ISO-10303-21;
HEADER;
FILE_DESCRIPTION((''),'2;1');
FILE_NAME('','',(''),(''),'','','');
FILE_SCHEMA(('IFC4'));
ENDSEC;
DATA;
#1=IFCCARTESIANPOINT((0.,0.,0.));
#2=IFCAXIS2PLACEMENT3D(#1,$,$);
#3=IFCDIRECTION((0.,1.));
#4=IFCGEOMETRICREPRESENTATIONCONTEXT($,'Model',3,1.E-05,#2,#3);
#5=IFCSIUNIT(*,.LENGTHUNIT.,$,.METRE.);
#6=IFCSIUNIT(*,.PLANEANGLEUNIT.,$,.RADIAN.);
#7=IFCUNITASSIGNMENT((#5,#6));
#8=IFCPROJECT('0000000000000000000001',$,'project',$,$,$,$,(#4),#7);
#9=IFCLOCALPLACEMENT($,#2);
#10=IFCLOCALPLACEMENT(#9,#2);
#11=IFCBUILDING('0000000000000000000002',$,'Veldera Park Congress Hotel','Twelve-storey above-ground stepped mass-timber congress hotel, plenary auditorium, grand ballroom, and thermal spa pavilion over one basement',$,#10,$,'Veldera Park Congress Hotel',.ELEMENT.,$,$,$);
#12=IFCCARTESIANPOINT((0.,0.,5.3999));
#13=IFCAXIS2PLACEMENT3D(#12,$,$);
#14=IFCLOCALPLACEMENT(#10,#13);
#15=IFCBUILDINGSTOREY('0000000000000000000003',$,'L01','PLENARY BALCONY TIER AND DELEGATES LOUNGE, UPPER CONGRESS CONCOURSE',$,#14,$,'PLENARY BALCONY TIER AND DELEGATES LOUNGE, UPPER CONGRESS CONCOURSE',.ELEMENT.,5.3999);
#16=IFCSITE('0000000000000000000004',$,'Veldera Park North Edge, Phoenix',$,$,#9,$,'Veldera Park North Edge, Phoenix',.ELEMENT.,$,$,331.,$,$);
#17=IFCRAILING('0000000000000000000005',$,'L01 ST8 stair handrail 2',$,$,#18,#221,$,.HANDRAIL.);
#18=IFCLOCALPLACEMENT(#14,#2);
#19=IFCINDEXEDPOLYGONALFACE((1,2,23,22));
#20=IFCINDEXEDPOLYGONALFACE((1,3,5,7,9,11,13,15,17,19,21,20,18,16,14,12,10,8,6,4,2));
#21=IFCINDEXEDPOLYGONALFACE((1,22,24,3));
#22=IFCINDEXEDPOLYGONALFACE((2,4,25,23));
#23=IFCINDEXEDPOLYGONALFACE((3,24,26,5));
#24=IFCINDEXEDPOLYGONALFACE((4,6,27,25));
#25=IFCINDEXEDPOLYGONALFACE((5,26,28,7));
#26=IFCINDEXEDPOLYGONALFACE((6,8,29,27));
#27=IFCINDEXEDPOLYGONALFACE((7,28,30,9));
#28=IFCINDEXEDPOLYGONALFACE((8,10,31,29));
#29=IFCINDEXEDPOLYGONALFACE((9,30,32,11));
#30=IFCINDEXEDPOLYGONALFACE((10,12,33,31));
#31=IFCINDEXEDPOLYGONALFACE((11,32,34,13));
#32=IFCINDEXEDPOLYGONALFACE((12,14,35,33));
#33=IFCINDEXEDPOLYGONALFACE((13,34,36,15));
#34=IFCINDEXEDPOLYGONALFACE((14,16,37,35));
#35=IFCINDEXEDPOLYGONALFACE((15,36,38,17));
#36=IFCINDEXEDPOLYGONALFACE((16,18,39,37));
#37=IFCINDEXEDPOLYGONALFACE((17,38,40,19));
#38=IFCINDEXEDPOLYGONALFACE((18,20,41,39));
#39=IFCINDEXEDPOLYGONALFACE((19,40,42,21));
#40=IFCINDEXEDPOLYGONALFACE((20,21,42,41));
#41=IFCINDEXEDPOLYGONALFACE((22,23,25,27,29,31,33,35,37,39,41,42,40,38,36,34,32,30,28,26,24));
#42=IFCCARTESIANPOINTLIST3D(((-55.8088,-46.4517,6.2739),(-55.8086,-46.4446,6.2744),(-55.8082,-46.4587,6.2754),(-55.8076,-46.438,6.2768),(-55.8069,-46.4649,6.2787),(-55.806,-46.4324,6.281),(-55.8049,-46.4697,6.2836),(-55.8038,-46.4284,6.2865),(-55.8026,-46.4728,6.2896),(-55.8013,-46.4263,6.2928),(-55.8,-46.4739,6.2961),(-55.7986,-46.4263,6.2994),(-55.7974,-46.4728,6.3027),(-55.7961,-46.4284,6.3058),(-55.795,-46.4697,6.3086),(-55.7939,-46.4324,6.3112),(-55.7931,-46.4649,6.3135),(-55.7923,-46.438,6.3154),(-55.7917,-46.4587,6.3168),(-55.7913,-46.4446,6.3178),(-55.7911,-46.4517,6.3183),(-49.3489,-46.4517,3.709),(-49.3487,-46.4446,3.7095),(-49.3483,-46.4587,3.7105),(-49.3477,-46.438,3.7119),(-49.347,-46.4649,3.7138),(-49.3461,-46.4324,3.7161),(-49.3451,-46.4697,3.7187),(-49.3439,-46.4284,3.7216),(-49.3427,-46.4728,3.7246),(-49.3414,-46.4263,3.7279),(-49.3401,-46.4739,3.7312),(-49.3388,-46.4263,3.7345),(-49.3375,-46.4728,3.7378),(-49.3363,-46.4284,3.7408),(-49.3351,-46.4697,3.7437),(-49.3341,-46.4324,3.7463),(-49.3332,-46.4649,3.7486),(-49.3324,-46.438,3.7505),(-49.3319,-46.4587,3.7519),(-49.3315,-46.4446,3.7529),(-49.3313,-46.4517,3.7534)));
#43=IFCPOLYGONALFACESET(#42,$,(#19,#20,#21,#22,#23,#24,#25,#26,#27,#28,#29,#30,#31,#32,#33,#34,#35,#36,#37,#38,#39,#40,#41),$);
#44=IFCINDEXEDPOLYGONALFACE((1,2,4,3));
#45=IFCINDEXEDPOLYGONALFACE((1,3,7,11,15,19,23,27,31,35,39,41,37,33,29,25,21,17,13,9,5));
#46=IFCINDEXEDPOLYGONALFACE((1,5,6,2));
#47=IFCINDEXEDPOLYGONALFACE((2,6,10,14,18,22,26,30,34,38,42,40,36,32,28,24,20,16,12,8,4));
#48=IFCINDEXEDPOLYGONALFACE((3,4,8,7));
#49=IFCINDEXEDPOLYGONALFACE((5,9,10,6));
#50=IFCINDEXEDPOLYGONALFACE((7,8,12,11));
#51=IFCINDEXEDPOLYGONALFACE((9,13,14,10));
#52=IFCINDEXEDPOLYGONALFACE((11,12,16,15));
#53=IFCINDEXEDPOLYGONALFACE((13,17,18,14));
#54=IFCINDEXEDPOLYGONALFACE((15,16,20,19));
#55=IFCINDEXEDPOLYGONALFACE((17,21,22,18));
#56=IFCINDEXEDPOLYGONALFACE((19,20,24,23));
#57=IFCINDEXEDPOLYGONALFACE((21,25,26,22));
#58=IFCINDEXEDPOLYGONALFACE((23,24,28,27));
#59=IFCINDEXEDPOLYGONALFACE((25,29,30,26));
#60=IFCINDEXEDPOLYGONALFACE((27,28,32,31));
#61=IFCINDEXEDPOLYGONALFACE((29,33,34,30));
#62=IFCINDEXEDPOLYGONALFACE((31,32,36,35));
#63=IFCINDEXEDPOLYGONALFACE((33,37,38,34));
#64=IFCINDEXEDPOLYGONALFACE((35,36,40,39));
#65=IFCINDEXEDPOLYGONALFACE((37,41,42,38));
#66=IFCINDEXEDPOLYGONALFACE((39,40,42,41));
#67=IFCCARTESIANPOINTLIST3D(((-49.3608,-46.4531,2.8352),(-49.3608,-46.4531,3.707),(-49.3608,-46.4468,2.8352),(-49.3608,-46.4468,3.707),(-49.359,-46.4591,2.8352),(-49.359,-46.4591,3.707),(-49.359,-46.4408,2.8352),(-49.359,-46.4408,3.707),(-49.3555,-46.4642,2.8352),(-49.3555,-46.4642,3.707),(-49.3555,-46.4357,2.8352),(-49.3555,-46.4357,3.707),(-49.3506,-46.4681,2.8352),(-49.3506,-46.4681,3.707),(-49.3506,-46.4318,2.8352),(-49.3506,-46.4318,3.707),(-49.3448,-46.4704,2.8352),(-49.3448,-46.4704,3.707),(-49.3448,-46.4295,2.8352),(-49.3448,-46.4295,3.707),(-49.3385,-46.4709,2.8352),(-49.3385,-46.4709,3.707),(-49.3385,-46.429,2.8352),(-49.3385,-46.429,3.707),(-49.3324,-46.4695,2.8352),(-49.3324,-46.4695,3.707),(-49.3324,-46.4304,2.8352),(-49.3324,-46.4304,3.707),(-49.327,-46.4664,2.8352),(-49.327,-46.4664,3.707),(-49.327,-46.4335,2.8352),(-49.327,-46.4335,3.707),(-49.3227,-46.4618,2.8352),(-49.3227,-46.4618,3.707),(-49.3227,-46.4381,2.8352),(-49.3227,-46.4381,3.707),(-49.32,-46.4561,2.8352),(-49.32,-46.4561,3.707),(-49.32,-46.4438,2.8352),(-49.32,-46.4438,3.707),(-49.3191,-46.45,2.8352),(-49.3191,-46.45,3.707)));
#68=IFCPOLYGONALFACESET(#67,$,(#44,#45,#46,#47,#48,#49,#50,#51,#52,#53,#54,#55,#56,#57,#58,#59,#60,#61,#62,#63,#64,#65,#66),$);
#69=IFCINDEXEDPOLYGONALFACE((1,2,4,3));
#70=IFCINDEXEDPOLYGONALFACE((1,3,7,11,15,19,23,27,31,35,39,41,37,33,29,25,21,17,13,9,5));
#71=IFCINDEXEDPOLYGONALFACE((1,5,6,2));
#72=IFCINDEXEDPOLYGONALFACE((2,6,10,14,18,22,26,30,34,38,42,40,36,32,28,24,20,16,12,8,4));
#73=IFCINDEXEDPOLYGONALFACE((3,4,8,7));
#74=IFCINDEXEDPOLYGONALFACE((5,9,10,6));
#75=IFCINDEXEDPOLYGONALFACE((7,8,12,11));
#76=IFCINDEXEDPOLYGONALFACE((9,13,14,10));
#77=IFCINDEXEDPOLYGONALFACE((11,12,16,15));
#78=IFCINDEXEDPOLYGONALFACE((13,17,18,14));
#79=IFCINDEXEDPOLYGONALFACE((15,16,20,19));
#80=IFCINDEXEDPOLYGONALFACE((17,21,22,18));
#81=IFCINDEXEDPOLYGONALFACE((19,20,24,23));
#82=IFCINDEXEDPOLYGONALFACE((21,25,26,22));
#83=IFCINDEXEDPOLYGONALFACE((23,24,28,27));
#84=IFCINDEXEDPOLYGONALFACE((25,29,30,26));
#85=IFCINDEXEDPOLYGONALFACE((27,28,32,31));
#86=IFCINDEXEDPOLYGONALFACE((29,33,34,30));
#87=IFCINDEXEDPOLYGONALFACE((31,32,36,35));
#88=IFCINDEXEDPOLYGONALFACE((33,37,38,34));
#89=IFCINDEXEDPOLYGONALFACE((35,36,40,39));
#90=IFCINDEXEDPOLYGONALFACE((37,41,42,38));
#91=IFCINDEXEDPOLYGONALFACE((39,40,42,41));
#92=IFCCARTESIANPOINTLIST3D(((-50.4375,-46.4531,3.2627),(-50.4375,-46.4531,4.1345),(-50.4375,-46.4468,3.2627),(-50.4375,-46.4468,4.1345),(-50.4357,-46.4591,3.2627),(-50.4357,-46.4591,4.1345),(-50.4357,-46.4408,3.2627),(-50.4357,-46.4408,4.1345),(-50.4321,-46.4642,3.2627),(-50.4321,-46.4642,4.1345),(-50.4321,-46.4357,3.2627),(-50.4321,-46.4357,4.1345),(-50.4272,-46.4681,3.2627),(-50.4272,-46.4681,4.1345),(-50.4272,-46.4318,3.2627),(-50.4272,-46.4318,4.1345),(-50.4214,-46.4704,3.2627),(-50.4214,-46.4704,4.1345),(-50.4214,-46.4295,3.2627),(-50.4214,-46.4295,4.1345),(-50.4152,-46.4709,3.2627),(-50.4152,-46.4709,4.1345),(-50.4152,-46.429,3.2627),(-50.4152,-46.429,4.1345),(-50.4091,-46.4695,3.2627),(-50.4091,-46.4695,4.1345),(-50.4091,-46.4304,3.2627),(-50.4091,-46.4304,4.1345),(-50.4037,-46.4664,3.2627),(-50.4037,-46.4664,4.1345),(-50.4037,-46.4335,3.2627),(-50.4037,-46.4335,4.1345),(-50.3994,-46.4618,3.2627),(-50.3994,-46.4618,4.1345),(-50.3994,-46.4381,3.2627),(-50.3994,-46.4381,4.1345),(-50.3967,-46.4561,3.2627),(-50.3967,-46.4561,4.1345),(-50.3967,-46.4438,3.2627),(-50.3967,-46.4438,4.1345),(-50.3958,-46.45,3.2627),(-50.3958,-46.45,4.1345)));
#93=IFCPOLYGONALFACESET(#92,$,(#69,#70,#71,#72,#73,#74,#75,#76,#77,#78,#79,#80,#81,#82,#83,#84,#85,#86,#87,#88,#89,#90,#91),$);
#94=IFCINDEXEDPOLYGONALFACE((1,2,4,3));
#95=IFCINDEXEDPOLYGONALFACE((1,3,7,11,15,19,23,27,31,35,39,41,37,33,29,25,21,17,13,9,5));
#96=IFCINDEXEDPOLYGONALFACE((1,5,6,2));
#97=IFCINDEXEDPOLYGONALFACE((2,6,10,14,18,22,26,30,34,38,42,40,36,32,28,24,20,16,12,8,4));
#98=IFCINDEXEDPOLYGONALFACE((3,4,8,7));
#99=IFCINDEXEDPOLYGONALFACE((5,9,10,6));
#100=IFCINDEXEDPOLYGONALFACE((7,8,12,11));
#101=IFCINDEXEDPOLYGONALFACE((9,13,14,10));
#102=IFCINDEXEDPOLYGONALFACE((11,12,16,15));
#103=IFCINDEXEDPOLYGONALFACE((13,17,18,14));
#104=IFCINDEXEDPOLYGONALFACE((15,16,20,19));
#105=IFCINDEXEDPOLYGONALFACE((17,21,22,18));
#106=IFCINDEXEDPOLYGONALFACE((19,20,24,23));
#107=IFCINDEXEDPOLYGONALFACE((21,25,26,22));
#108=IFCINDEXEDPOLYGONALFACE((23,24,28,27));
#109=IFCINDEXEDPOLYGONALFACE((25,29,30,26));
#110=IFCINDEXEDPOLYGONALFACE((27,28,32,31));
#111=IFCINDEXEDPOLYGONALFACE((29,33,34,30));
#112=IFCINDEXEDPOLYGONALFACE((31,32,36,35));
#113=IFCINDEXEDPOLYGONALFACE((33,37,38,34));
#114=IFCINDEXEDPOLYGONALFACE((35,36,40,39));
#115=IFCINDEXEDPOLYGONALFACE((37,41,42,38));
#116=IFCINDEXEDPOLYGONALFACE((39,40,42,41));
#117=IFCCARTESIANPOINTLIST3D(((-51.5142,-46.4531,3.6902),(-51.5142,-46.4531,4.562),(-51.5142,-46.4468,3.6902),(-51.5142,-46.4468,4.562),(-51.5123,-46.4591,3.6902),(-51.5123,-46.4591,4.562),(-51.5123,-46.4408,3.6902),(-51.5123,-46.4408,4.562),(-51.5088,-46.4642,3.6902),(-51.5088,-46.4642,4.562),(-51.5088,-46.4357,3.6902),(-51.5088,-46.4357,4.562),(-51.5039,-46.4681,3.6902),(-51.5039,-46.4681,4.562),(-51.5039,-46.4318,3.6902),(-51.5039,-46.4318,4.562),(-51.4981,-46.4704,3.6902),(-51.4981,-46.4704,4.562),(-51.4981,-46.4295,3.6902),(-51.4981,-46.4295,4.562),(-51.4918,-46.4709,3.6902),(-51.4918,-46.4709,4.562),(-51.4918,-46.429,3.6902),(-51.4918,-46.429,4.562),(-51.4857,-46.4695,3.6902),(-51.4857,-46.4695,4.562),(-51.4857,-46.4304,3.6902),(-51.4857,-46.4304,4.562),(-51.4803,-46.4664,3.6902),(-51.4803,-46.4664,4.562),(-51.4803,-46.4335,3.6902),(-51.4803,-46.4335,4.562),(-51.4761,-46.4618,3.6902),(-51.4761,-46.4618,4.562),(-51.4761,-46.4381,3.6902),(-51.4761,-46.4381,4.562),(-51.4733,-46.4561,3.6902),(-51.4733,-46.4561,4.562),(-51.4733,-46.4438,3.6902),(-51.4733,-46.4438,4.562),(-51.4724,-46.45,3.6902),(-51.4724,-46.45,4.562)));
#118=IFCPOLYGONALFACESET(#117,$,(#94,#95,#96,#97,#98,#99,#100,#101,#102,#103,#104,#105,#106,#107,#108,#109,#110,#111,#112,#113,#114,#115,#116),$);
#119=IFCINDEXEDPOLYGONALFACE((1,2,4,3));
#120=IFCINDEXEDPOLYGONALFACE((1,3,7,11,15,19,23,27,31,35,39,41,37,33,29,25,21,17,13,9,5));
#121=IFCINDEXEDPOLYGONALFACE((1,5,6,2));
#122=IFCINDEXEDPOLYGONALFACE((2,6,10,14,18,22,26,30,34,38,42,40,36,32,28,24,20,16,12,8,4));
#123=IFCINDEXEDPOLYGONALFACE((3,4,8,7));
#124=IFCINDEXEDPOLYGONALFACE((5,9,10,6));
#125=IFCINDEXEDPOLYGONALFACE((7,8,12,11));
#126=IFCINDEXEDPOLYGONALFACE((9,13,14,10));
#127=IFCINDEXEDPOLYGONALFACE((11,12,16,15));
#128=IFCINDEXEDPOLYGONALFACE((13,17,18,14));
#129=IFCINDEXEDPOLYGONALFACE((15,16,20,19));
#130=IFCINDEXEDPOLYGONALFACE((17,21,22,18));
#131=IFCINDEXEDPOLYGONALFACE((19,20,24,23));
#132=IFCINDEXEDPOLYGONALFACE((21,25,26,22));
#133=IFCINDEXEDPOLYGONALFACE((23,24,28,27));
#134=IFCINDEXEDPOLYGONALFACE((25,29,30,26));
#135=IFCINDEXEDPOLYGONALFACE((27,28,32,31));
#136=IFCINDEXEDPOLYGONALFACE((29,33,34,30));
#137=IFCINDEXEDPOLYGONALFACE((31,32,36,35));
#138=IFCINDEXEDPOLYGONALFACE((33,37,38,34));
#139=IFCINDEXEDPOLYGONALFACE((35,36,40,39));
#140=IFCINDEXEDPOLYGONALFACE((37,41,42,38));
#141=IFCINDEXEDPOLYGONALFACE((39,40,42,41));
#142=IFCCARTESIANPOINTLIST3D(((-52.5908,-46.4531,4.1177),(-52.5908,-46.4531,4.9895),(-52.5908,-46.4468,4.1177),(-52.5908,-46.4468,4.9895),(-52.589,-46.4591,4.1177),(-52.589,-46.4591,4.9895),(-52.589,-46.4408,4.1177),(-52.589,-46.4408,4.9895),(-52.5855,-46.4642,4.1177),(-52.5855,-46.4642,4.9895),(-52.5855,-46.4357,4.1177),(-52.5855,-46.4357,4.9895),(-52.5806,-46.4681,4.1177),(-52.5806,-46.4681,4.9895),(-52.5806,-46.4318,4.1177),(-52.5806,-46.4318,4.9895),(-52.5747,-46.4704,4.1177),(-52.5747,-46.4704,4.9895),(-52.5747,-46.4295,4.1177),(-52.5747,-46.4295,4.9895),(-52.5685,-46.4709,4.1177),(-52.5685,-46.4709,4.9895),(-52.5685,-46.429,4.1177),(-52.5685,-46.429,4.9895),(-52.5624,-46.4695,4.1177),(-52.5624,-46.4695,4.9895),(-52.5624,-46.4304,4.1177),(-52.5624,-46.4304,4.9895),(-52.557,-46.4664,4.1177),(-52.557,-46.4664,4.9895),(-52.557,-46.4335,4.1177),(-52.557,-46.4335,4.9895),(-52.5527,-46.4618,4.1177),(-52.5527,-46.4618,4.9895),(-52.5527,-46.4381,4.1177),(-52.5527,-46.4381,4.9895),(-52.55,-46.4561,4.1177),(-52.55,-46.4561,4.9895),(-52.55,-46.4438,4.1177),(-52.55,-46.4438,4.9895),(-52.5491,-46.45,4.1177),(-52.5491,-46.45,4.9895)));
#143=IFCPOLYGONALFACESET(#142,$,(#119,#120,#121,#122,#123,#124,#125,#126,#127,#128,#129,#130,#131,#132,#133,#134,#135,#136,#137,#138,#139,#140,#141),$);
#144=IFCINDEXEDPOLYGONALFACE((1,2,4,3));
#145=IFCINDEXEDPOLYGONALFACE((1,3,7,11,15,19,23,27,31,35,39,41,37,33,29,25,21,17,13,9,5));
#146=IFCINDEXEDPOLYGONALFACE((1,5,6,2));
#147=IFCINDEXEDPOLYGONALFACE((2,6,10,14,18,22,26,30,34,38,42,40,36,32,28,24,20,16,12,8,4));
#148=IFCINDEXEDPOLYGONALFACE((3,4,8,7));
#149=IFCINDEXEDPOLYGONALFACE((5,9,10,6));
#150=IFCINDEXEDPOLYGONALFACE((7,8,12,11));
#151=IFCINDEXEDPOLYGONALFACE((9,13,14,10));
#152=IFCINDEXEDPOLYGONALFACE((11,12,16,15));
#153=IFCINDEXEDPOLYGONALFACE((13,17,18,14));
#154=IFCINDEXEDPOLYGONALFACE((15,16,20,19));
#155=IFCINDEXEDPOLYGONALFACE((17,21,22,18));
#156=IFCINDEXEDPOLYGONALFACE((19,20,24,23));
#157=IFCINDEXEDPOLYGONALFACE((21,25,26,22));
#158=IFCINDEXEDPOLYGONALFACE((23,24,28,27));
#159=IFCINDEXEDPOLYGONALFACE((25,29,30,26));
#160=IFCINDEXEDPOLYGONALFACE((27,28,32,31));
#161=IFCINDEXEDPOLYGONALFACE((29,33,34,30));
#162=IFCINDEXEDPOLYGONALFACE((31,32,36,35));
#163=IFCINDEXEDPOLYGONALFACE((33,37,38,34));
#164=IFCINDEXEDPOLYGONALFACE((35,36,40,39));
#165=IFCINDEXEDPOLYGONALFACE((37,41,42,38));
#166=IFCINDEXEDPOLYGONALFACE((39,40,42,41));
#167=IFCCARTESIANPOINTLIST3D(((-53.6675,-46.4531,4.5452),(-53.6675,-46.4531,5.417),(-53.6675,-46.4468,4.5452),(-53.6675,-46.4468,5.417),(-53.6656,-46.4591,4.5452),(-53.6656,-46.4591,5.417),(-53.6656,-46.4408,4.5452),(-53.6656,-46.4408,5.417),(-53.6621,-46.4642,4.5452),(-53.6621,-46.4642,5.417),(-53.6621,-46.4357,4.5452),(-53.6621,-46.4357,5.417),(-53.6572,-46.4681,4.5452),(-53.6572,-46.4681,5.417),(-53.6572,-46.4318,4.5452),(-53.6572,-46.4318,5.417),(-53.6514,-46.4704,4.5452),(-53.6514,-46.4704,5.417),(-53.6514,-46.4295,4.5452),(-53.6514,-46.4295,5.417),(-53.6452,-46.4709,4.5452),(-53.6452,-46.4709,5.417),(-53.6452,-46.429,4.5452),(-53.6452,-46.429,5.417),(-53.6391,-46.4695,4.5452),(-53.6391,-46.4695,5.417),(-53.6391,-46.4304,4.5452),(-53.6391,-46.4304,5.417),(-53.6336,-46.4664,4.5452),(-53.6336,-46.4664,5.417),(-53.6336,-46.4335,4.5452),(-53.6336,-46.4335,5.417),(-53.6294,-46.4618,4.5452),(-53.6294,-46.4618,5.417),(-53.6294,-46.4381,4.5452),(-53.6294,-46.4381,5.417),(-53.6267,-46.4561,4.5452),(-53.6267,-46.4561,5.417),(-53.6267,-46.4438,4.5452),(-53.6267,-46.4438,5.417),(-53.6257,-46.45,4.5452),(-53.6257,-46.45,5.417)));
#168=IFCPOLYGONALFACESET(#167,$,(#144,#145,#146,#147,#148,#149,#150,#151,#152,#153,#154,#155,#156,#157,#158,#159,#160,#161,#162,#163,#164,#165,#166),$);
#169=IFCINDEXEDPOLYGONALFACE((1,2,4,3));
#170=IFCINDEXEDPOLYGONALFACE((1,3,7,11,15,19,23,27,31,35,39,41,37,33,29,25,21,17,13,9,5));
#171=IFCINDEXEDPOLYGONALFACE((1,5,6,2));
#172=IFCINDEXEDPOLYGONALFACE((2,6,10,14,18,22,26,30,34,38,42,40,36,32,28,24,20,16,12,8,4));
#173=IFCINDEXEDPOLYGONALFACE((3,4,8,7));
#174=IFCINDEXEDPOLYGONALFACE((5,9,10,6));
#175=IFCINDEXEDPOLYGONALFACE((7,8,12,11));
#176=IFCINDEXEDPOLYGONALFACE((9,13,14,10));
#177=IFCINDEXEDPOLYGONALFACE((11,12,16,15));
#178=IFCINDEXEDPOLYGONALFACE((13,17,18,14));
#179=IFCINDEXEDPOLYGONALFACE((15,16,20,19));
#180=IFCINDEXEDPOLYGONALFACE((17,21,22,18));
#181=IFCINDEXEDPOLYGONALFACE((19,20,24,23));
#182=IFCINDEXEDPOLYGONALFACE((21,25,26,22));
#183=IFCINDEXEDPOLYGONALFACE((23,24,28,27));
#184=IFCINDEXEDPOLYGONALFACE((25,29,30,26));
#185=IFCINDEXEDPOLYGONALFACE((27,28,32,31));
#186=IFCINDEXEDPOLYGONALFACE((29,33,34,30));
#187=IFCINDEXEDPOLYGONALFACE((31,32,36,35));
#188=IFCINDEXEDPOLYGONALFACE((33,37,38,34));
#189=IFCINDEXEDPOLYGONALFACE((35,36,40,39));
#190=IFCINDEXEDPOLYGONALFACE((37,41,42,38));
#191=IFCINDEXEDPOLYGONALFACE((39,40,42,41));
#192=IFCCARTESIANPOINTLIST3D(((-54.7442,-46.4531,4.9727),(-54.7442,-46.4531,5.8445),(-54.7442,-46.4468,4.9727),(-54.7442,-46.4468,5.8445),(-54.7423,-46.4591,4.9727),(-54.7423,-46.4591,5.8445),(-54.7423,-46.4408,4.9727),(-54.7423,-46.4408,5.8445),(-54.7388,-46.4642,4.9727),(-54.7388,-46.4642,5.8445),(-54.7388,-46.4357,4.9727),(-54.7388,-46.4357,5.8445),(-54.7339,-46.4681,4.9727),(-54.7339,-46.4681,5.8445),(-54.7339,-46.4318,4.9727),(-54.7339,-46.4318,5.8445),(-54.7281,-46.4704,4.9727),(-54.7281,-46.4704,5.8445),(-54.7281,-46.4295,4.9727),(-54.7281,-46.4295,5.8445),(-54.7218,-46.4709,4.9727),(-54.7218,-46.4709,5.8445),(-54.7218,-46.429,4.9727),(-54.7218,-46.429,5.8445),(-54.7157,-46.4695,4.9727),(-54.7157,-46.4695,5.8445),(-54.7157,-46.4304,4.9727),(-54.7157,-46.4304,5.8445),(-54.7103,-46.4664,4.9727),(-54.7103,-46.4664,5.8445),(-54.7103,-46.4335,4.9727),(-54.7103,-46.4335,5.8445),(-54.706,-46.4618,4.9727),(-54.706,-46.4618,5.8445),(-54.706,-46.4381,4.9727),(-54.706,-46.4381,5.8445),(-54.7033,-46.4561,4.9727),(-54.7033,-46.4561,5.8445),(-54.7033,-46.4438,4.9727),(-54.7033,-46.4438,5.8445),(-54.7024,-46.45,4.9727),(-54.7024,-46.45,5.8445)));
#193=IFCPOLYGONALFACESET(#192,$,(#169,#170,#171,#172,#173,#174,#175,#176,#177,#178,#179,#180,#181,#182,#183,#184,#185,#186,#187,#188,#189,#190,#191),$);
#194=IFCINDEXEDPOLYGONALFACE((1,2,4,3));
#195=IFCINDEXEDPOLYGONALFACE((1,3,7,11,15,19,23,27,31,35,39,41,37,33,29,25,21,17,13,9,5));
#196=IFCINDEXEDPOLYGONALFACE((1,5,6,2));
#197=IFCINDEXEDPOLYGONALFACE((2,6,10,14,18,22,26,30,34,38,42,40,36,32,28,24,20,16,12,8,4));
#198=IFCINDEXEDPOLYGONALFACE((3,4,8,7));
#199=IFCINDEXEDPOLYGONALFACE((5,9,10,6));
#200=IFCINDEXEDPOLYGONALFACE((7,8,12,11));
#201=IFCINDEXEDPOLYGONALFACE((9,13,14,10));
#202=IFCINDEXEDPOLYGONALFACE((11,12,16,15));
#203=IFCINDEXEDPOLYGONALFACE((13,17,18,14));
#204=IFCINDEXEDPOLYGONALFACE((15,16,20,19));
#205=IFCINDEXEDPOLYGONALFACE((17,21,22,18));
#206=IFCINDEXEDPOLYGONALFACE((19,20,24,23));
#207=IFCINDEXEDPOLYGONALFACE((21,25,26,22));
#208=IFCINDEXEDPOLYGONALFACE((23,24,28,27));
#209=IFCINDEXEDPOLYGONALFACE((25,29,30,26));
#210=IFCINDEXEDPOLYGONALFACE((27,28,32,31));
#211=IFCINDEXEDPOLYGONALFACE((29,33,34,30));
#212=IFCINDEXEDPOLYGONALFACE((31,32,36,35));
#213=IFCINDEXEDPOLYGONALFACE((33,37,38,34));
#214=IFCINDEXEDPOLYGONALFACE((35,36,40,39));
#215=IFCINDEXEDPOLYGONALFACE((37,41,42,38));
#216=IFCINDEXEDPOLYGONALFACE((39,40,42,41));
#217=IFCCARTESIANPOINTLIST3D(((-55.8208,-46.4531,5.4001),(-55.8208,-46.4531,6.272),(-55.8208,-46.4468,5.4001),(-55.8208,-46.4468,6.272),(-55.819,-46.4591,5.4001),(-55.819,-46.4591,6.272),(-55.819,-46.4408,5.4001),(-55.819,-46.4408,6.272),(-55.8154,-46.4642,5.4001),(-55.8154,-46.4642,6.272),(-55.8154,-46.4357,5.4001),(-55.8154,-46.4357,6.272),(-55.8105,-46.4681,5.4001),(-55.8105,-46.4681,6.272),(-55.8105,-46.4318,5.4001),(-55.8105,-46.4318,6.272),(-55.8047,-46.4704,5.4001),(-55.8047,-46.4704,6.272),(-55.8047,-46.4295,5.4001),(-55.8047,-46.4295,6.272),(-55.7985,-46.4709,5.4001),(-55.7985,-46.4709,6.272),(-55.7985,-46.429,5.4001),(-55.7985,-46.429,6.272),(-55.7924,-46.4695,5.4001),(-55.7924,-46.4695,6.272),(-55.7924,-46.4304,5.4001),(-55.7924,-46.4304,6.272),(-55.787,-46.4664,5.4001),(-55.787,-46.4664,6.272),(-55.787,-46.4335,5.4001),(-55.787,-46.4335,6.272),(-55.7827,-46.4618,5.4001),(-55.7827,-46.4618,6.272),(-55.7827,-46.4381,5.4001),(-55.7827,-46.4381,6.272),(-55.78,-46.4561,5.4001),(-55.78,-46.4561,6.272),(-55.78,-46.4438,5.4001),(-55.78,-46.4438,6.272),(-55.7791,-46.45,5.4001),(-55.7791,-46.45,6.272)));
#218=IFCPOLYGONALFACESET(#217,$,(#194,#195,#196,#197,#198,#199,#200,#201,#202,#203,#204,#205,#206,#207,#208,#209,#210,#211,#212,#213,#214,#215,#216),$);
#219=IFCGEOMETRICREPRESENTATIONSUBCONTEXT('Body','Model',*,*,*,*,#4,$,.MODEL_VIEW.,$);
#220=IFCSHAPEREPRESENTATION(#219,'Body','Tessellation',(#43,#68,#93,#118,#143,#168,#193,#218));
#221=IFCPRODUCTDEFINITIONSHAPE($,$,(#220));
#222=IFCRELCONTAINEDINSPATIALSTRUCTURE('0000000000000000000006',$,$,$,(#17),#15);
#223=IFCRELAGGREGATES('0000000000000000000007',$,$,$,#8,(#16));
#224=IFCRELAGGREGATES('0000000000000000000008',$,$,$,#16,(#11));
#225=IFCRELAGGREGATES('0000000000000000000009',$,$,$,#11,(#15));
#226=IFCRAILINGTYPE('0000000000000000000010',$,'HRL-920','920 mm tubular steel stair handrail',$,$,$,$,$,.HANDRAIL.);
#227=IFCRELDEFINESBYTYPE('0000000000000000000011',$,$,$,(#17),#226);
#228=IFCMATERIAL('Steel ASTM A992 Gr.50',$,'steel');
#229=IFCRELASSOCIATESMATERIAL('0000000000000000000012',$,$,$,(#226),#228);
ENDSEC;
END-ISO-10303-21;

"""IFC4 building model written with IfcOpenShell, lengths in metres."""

from ifc_helpers import new_model, si_unit, direction, frame, origin, origin_2d, place, context, subcontext, project, spatial, circle, extrude, material, type_object, element, save


model = new_model("IFC4")

# Units and contexts
model_context = context("Model", 3, precision=1e-05, world=origin(), true_north=direction((0.0, 1.0)))
body_context = subcontext(model_context, "Body", "Model", "MODEL_VIEW")
ifc_project = project(units=[si_unit("LENGTHUNIT", "METRE"), si_unit("PLANEANGLEUNIT", "RADIAN")], contexts=[model_context])

# Site, building, storey
site_placement = place(None, origin())
site = spatial("IfcSite", under=ifc_project, at=site_placement, Name="Veldera Park North Edge, Phoenix", LongName="Veldera Park North Edge, Phoenix", CompositionType="ELEMENT", RefElevation=331.0)
building_placement = place(site_placement, origin())
building = spatial("IfcBuilding", under=site, at=building_placement, Name="Veldera Park Congress Hotel", Description="Twelve-storey above-ground stepped mass-timber congress hotel, plenary auditorium, grand ballroom, and thermal spa pavilion over one basement", LongName="Veldera Park Congress Hotel", CompositionType="ELEMENT")
storey_placement = place(building_placement, frame((0.0, 0.0, 5.3999)))
storey = spatial("IfcBuildingStorey", under=building, at=storey_placement, Name="L01", Description="PLENARY BALCONY TIER AND DELEGATES LOUNGE, UPPER CONGRESS CONCOURSE", LongName="PLENARY BALCONY TIER AND DELEGATES LOUNGE, UPPER CONGRESS CONCOURSE", CompositionType="ELEMENT", Elevation=5.3999)

# Shared definitions
ifc_material_1 = material(Name="Steel ASTM A992 Gr.50", Category="steel")

# Railing
railing_type = type_object("IfcRailingType", Name="HRL-920", Description="920 mm tubular steel stair handrail", PredefinedType="HANDRAIL", material=ifc_material_1)
railing_placement = place(storey_placement, frame((-49.3401, -46.45, 2.8352)))
element("IfcRailing", 1, at=railing_placement, inside=storey, type_object=railing_type, Name="L01 ST8 stair handrail 2", PredefinedType="HANDRAIL", context=body_context, shape_type="SweptSolid", body=[
    extrude(circle(Radius=0.0239, at=origin_2d()), frame((0.0, 0.0, 0.896), z_axis=(-0.929418, 0.0, 0.369028), x_axis=(0.0, -1.0, 0.0)), (0.0, 0.0, 1.0), 6.9504),
    extrude(circle(Radius=0.021, at=origin_2d()), origin(), (0.0, 0.0, 1.0), 0.8718),
    extrude(circle(Radius=0.021, at=origin_2d()), frame((-1.0767, 0.0, 0.4275)), (0.0, 0.0, 1.0), 0.8718),
    extrude(circle(Radius=0.021, at=origin_2d()), frame((-2.1533, 0.0, 0.855)), (0.0, 0.0, 1.0), 0.8718),
    extrude(circle(Radius=0.021, at=origin_2d()), frame((-3.23, 0.0, 1.2825)), (0.0, 0.0, 1.0), 0.8718),
    extrude(circle(Radius=0.021, at=origin_2d()), frame((-4.3066, 0.0, 1.71)), (0.0, 0.0, 1.0), 0.8718),
    extrude(circle(Radius=0.021, at=origin_2d()), frame((-5.3833, 0.0, 2.1375)), (0.0, 0.0, 1.0), 0.8718),
    extrude(circle(Radius=0.021, at=origin_2d()), frame((-6.46, 0.0, 2.5649)), (0.0, 0.0, 1.0), 0.8718),
])

save(model, "model.ifc")
